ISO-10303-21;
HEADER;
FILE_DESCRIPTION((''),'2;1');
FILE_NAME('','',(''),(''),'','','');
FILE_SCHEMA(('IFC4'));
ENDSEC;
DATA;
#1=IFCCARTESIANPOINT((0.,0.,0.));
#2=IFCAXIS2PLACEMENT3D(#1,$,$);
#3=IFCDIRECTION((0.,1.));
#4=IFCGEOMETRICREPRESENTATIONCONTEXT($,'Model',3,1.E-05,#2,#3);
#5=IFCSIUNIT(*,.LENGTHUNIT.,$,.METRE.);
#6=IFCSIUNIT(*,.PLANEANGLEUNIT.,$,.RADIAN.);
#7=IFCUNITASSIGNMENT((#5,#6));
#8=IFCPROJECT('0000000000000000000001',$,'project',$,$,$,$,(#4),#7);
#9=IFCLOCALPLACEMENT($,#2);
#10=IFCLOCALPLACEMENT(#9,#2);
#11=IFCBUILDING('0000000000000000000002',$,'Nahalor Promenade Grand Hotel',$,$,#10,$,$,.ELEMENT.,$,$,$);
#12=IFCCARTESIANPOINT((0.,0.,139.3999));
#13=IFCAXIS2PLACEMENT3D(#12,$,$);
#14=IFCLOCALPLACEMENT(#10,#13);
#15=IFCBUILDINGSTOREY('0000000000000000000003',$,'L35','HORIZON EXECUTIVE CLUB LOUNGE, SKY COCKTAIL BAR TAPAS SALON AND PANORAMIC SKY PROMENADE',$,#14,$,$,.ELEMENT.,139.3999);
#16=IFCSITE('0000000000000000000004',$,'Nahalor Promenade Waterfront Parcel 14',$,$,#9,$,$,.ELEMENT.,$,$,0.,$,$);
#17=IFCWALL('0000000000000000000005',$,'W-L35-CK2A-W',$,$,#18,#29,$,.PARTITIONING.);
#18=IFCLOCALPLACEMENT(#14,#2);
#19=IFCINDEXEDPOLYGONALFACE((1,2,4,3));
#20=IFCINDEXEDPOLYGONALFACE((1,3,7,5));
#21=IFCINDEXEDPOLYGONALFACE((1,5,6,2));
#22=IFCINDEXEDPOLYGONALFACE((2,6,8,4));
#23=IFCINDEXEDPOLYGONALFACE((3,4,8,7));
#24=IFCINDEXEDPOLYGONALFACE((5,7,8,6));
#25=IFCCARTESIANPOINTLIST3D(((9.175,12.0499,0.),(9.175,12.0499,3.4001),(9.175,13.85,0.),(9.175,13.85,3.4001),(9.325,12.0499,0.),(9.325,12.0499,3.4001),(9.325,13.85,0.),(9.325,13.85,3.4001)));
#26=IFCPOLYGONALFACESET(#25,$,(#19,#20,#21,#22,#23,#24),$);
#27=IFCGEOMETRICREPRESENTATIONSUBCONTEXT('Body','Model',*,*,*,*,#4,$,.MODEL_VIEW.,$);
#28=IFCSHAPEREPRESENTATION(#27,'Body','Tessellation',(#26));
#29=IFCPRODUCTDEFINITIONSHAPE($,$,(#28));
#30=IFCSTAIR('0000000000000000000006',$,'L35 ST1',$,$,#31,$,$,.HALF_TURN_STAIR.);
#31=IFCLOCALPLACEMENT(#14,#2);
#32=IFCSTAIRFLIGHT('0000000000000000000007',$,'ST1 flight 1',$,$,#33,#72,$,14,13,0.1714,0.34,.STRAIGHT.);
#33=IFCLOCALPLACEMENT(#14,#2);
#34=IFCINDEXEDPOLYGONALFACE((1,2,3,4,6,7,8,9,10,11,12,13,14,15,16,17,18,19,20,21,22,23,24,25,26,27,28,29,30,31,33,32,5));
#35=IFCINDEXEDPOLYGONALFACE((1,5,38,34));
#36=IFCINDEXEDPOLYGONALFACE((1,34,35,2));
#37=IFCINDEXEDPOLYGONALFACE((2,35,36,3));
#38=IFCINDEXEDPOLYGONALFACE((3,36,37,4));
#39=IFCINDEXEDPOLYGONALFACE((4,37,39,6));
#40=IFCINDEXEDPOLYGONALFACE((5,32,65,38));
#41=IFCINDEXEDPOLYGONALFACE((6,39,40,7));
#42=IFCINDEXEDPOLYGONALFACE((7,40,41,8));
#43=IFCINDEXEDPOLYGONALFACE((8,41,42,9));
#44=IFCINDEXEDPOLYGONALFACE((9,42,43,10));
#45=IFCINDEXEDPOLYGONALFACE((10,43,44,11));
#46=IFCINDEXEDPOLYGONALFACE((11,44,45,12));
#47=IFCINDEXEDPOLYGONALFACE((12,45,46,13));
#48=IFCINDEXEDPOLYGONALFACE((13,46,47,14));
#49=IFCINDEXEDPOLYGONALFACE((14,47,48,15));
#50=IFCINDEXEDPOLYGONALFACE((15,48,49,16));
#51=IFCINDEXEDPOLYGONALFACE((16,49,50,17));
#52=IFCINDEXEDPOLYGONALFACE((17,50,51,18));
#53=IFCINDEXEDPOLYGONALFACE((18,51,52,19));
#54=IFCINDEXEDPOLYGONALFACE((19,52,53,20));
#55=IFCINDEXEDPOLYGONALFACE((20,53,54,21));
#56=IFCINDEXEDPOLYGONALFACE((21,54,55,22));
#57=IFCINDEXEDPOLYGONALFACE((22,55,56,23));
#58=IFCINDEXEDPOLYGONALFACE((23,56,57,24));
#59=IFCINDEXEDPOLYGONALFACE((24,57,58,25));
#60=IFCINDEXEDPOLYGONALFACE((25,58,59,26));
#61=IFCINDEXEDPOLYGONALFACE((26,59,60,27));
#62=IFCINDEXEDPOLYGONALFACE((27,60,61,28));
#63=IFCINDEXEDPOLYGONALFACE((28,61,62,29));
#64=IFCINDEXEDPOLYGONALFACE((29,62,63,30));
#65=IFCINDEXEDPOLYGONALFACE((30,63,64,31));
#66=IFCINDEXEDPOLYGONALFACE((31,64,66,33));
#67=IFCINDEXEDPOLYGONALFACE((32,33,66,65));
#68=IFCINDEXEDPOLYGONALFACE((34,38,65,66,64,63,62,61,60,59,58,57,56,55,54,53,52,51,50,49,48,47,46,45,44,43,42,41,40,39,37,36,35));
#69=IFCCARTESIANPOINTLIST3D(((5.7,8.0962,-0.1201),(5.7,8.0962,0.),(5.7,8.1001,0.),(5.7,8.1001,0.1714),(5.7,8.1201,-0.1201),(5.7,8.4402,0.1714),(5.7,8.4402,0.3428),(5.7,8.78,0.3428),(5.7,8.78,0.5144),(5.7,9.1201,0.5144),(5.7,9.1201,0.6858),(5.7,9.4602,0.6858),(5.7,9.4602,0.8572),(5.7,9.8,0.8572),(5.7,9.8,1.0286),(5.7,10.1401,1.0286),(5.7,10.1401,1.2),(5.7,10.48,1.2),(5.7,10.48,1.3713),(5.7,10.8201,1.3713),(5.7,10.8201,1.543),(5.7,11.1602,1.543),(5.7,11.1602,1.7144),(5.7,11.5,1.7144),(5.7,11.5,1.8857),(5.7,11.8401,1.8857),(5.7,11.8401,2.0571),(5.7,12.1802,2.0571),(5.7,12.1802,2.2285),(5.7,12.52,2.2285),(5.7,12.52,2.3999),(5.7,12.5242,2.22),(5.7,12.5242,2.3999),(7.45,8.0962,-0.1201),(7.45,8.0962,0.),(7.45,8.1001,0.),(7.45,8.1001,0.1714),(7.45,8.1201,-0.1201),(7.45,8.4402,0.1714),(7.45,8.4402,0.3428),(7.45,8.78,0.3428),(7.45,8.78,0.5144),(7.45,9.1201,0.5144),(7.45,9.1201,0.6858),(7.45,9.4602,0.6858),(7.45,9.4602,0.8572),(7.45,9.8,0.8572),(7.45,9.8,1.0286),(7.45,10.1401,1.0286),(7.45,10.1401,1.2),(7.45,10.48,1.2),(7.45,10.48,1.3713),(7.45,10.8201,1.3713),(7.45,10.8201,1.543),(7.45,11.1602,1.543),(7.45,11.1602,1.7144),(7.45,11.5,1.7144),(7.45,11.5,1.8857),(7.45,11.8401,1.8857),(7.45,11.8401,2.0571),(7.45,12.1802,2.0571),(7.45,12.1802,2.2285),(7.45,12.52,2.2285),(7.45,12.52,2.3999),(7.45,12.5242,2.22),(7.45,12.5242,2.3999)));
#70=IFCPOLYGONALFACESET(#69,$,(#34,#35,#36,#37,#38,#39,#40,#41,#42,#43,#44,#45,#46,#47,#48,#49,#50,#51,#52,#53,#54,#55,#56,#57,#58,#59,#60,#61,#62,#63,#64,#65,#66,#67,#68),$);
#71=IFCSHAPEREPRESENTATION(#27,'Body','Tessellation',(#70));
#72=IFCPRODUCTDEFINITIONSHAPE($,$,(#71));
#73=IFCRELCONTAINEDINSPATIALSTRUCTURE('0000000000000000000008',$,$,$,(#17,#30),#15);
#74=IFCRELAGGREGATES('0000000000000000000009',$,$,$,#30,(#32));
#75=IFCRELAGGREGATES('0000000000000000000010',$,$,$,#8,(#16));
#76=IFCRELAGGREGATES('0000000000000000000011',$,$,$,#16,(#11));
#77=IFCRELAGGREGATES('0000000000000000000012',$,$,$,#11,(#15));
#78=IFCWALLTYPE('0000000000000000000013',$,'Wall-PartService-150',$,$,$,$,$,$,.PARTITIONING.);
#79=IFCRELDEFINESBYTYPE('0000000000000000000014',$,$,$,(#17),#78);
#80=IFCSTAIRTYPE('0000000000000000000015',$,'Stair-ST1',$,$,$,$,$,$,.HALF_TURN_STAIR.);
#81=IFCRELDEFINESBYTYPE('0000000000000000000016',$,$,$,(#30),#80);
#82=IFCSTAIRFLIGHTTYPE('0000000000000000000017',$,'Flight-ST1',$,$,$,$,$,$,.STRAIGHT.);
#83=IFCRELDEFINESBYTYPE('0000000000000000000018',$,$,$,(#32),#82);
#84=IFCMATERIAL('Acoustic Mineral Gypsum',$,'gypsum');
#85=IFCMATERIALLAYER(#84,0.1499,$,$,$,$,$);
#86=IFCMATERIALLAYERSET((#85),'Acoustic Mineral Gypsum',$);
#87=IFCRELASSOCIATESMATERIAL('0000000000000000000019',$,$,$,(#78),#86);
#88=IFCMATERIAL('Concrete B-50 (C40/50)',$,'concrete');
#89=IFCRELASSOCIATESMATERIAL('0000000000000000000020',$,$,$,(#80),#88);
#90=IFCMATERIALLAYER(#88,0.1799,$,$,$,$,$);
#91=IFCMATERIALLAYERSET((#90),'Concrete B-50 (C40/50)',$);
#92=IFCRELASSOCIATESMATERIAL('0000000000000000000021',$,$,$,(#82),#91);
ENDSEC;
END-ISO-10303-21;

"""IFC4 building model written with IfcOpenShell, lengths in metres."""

from ifc_helpers import new_model, si_unit, direction, frame, frame_2d, origin, place, context, subcontext, project, spatial, polyline, rectangle, outline, extrude, source, transform, mapped, material, layer, layer_set, type_object, element, aggregate, save


model = new_model("IFC4")

# Units and contexts
model_context = context("Model", 3, precision=1e-05, world=origin(), true_north=direction((0.0, 1.0)))
body_context = subcontext(model_context, "Body", "Model", "MODEL_VIEW")
ifc_project = project(units=[si_unit("LENGTHUNIT", "METRE"), si_unit("PLANEANGLEUNIT", "RADIAN")], contexts=[model_context])

# Site, building, storey
site_placement = place(None, origin())
site = spatial("IfcSite", under=ifc_project, at=site_placement, Name="Nahalor Promenade Waterfront Parcel 14", CompositionType="ELEMENT", RefElevation=0.0)
building_placement = place(site_placement, origin())
building = spatial("IfcBuilding", under=site, at=building_placement, Name="Nahalor Promenade Grand Hotel", CompositionType="ELEMENT")
storey_placement = place(building_placement, frame((0.0, 0.0, 139.3999)))
storey = spatial("IfcBuildingStorey", under=building, at=storey_placement, Name="L35", Description="HORIZON EXECUTIVE CLUB LOUNGE, SKY COCKTAIL BAR TAPAS SALON AND PANORAMIC SKY PROMENADE", CompositionType="ELEMENT", Elevation=139.3999)

# Shared definitions
ifc_material_1 = material(Name="Concrete B-50 (C40/50)", Category="concrete")

# Wall
ifc_material_2 = material(Name="Acoustic Mineral Gypsum", Category="gypsum")
ifc_layer_1 = layer(ifc_material_2, 0.1499)
ifc_layer_set_1 = layer_set([ifc_layer_1], Name="Acoustic Mineral Gypsum")
wall_type_1 = type_object("IfcWallType", Name="Wall-PartService-150", PredefinedType="PARTITIONING", material=ifc_layer_set_1)
shared_shape_1 = source(origin(), body_context, "Body", "SweptSolid", [
    extrude(rectangle(XDim=1.8, YDim=0.1499, at=frame_2d((0.8999, 0.0))), origin(), (0.0, 0.0, 1.0), 3.4001),
])
wall_1_placement = place(storey_placement, frame((9.25, 12.05, 0.0), z_axis=(0.0, 0.0, 1.0), x_axis=(0.0, 1.0, 0.0)))
element("IfcWall", 1, at=wall_1_placement, inside=storey, type_object=wall_type_1, Name="W-L35-CK2A-W", PredefinedType="PARTITIONING", context=body_context, shape_type="MappedRepresentation", body=[
    mapped(shared_shape_1, transform((0.0, 0.0, 0.0), scale=1.0)),
])

# Stair, stair flight
stair_type = type_object("IfcStairType", Name="Stair-ST1", PredefinedType="HALF_TURN_STAIR", material=ifc_material_1)
stair_placement = place(storey_placement, origin())
stair = element("IfcStair", 2, at=stair_placement, inside=storey, type_object=stair_type, Name="L35 ST1", PredefinedType="HALF_TURN_STAIR")
ifc_layer_2 = layer(ifc_material_1, 0.1799)
ifc_layer_set_2 = layer_set([ifc_layer_2], Name="Concrete B-50 (C40/50)")
stair_flight_type = type_object("IfcStairFlightType", Name="Flight-ST1", PredefinedType="STRAIGHT", material=ifc_layer_set_2)
shared_shape_2 = source(origin(), body_context, "Body", "SweptSolid", [
    extrude(outline(polyline([(-0.0039, -0.1201), (-0.0039, 0.0), (0.0, 0.0), (0.0, 0.1714), (0.3401, 0.1714), (0.3401, 0.3428), (0.6799, 0.3428), (0.6799, 0.5144), (1.02, 0.5144), (1.02, 0.6858), (1.3601, 0.6858), (1.3601, 0.8572), (1.7, 0.8572), (1.7, 1.0286), (2.04, 1.0286), (2.04, 1.2), (2.3799, 1.2), (2.3799, 1.3713), (2.72, 1.3713), (2.72, 1.543), (3.0601, 1.543), (3.0601, 1.7144), (3.3999, 1.7144), (3.3999, 1.8857), (3.74, 1.8857), (3.74, 2.0571), (4.0801, 2.0571), (4.0801, 2.2285), (4.4199, 2.2285), (4.4199, 2.3999), (4.4241, 2.3999), (4.4241, 2.22), (0.02, -0.1201), (-0.0039, -0.1201)])), frame((0.0, 0.875, 0.0), z_axis=(0.0, -1.0, 0.0), x_axis=(1.0, 0.0, 0.0)), (0.0, 0.0, 1.0), 1.75),
])
stair_flight_placement = place(storey_placement, frame((6.575, 8.1001, 0.0), z_axis=(0.0, 0.0, 1.0), x_axis=(0.0, 1.0, 0.0)))
stair_flight = element("IfcStairFlight", 3, at=stair_flight_placement, type_object=stair_flight_type, Name="ST1 flight 1", NumberOfRisers=14, NumberOfTreads=13, PredefinedType="STRAIGHT", RiserHeight=0.1714, TreadLength=0.34, context=body_context, shape_type="MappedRepresentation", body=[
    mapped(shared_shape_2, transform((0.0, 0.0, 0.0), scale=1.0)),
])
aggregate(stair, [stair_flight])

save(model, "model.ifc")
